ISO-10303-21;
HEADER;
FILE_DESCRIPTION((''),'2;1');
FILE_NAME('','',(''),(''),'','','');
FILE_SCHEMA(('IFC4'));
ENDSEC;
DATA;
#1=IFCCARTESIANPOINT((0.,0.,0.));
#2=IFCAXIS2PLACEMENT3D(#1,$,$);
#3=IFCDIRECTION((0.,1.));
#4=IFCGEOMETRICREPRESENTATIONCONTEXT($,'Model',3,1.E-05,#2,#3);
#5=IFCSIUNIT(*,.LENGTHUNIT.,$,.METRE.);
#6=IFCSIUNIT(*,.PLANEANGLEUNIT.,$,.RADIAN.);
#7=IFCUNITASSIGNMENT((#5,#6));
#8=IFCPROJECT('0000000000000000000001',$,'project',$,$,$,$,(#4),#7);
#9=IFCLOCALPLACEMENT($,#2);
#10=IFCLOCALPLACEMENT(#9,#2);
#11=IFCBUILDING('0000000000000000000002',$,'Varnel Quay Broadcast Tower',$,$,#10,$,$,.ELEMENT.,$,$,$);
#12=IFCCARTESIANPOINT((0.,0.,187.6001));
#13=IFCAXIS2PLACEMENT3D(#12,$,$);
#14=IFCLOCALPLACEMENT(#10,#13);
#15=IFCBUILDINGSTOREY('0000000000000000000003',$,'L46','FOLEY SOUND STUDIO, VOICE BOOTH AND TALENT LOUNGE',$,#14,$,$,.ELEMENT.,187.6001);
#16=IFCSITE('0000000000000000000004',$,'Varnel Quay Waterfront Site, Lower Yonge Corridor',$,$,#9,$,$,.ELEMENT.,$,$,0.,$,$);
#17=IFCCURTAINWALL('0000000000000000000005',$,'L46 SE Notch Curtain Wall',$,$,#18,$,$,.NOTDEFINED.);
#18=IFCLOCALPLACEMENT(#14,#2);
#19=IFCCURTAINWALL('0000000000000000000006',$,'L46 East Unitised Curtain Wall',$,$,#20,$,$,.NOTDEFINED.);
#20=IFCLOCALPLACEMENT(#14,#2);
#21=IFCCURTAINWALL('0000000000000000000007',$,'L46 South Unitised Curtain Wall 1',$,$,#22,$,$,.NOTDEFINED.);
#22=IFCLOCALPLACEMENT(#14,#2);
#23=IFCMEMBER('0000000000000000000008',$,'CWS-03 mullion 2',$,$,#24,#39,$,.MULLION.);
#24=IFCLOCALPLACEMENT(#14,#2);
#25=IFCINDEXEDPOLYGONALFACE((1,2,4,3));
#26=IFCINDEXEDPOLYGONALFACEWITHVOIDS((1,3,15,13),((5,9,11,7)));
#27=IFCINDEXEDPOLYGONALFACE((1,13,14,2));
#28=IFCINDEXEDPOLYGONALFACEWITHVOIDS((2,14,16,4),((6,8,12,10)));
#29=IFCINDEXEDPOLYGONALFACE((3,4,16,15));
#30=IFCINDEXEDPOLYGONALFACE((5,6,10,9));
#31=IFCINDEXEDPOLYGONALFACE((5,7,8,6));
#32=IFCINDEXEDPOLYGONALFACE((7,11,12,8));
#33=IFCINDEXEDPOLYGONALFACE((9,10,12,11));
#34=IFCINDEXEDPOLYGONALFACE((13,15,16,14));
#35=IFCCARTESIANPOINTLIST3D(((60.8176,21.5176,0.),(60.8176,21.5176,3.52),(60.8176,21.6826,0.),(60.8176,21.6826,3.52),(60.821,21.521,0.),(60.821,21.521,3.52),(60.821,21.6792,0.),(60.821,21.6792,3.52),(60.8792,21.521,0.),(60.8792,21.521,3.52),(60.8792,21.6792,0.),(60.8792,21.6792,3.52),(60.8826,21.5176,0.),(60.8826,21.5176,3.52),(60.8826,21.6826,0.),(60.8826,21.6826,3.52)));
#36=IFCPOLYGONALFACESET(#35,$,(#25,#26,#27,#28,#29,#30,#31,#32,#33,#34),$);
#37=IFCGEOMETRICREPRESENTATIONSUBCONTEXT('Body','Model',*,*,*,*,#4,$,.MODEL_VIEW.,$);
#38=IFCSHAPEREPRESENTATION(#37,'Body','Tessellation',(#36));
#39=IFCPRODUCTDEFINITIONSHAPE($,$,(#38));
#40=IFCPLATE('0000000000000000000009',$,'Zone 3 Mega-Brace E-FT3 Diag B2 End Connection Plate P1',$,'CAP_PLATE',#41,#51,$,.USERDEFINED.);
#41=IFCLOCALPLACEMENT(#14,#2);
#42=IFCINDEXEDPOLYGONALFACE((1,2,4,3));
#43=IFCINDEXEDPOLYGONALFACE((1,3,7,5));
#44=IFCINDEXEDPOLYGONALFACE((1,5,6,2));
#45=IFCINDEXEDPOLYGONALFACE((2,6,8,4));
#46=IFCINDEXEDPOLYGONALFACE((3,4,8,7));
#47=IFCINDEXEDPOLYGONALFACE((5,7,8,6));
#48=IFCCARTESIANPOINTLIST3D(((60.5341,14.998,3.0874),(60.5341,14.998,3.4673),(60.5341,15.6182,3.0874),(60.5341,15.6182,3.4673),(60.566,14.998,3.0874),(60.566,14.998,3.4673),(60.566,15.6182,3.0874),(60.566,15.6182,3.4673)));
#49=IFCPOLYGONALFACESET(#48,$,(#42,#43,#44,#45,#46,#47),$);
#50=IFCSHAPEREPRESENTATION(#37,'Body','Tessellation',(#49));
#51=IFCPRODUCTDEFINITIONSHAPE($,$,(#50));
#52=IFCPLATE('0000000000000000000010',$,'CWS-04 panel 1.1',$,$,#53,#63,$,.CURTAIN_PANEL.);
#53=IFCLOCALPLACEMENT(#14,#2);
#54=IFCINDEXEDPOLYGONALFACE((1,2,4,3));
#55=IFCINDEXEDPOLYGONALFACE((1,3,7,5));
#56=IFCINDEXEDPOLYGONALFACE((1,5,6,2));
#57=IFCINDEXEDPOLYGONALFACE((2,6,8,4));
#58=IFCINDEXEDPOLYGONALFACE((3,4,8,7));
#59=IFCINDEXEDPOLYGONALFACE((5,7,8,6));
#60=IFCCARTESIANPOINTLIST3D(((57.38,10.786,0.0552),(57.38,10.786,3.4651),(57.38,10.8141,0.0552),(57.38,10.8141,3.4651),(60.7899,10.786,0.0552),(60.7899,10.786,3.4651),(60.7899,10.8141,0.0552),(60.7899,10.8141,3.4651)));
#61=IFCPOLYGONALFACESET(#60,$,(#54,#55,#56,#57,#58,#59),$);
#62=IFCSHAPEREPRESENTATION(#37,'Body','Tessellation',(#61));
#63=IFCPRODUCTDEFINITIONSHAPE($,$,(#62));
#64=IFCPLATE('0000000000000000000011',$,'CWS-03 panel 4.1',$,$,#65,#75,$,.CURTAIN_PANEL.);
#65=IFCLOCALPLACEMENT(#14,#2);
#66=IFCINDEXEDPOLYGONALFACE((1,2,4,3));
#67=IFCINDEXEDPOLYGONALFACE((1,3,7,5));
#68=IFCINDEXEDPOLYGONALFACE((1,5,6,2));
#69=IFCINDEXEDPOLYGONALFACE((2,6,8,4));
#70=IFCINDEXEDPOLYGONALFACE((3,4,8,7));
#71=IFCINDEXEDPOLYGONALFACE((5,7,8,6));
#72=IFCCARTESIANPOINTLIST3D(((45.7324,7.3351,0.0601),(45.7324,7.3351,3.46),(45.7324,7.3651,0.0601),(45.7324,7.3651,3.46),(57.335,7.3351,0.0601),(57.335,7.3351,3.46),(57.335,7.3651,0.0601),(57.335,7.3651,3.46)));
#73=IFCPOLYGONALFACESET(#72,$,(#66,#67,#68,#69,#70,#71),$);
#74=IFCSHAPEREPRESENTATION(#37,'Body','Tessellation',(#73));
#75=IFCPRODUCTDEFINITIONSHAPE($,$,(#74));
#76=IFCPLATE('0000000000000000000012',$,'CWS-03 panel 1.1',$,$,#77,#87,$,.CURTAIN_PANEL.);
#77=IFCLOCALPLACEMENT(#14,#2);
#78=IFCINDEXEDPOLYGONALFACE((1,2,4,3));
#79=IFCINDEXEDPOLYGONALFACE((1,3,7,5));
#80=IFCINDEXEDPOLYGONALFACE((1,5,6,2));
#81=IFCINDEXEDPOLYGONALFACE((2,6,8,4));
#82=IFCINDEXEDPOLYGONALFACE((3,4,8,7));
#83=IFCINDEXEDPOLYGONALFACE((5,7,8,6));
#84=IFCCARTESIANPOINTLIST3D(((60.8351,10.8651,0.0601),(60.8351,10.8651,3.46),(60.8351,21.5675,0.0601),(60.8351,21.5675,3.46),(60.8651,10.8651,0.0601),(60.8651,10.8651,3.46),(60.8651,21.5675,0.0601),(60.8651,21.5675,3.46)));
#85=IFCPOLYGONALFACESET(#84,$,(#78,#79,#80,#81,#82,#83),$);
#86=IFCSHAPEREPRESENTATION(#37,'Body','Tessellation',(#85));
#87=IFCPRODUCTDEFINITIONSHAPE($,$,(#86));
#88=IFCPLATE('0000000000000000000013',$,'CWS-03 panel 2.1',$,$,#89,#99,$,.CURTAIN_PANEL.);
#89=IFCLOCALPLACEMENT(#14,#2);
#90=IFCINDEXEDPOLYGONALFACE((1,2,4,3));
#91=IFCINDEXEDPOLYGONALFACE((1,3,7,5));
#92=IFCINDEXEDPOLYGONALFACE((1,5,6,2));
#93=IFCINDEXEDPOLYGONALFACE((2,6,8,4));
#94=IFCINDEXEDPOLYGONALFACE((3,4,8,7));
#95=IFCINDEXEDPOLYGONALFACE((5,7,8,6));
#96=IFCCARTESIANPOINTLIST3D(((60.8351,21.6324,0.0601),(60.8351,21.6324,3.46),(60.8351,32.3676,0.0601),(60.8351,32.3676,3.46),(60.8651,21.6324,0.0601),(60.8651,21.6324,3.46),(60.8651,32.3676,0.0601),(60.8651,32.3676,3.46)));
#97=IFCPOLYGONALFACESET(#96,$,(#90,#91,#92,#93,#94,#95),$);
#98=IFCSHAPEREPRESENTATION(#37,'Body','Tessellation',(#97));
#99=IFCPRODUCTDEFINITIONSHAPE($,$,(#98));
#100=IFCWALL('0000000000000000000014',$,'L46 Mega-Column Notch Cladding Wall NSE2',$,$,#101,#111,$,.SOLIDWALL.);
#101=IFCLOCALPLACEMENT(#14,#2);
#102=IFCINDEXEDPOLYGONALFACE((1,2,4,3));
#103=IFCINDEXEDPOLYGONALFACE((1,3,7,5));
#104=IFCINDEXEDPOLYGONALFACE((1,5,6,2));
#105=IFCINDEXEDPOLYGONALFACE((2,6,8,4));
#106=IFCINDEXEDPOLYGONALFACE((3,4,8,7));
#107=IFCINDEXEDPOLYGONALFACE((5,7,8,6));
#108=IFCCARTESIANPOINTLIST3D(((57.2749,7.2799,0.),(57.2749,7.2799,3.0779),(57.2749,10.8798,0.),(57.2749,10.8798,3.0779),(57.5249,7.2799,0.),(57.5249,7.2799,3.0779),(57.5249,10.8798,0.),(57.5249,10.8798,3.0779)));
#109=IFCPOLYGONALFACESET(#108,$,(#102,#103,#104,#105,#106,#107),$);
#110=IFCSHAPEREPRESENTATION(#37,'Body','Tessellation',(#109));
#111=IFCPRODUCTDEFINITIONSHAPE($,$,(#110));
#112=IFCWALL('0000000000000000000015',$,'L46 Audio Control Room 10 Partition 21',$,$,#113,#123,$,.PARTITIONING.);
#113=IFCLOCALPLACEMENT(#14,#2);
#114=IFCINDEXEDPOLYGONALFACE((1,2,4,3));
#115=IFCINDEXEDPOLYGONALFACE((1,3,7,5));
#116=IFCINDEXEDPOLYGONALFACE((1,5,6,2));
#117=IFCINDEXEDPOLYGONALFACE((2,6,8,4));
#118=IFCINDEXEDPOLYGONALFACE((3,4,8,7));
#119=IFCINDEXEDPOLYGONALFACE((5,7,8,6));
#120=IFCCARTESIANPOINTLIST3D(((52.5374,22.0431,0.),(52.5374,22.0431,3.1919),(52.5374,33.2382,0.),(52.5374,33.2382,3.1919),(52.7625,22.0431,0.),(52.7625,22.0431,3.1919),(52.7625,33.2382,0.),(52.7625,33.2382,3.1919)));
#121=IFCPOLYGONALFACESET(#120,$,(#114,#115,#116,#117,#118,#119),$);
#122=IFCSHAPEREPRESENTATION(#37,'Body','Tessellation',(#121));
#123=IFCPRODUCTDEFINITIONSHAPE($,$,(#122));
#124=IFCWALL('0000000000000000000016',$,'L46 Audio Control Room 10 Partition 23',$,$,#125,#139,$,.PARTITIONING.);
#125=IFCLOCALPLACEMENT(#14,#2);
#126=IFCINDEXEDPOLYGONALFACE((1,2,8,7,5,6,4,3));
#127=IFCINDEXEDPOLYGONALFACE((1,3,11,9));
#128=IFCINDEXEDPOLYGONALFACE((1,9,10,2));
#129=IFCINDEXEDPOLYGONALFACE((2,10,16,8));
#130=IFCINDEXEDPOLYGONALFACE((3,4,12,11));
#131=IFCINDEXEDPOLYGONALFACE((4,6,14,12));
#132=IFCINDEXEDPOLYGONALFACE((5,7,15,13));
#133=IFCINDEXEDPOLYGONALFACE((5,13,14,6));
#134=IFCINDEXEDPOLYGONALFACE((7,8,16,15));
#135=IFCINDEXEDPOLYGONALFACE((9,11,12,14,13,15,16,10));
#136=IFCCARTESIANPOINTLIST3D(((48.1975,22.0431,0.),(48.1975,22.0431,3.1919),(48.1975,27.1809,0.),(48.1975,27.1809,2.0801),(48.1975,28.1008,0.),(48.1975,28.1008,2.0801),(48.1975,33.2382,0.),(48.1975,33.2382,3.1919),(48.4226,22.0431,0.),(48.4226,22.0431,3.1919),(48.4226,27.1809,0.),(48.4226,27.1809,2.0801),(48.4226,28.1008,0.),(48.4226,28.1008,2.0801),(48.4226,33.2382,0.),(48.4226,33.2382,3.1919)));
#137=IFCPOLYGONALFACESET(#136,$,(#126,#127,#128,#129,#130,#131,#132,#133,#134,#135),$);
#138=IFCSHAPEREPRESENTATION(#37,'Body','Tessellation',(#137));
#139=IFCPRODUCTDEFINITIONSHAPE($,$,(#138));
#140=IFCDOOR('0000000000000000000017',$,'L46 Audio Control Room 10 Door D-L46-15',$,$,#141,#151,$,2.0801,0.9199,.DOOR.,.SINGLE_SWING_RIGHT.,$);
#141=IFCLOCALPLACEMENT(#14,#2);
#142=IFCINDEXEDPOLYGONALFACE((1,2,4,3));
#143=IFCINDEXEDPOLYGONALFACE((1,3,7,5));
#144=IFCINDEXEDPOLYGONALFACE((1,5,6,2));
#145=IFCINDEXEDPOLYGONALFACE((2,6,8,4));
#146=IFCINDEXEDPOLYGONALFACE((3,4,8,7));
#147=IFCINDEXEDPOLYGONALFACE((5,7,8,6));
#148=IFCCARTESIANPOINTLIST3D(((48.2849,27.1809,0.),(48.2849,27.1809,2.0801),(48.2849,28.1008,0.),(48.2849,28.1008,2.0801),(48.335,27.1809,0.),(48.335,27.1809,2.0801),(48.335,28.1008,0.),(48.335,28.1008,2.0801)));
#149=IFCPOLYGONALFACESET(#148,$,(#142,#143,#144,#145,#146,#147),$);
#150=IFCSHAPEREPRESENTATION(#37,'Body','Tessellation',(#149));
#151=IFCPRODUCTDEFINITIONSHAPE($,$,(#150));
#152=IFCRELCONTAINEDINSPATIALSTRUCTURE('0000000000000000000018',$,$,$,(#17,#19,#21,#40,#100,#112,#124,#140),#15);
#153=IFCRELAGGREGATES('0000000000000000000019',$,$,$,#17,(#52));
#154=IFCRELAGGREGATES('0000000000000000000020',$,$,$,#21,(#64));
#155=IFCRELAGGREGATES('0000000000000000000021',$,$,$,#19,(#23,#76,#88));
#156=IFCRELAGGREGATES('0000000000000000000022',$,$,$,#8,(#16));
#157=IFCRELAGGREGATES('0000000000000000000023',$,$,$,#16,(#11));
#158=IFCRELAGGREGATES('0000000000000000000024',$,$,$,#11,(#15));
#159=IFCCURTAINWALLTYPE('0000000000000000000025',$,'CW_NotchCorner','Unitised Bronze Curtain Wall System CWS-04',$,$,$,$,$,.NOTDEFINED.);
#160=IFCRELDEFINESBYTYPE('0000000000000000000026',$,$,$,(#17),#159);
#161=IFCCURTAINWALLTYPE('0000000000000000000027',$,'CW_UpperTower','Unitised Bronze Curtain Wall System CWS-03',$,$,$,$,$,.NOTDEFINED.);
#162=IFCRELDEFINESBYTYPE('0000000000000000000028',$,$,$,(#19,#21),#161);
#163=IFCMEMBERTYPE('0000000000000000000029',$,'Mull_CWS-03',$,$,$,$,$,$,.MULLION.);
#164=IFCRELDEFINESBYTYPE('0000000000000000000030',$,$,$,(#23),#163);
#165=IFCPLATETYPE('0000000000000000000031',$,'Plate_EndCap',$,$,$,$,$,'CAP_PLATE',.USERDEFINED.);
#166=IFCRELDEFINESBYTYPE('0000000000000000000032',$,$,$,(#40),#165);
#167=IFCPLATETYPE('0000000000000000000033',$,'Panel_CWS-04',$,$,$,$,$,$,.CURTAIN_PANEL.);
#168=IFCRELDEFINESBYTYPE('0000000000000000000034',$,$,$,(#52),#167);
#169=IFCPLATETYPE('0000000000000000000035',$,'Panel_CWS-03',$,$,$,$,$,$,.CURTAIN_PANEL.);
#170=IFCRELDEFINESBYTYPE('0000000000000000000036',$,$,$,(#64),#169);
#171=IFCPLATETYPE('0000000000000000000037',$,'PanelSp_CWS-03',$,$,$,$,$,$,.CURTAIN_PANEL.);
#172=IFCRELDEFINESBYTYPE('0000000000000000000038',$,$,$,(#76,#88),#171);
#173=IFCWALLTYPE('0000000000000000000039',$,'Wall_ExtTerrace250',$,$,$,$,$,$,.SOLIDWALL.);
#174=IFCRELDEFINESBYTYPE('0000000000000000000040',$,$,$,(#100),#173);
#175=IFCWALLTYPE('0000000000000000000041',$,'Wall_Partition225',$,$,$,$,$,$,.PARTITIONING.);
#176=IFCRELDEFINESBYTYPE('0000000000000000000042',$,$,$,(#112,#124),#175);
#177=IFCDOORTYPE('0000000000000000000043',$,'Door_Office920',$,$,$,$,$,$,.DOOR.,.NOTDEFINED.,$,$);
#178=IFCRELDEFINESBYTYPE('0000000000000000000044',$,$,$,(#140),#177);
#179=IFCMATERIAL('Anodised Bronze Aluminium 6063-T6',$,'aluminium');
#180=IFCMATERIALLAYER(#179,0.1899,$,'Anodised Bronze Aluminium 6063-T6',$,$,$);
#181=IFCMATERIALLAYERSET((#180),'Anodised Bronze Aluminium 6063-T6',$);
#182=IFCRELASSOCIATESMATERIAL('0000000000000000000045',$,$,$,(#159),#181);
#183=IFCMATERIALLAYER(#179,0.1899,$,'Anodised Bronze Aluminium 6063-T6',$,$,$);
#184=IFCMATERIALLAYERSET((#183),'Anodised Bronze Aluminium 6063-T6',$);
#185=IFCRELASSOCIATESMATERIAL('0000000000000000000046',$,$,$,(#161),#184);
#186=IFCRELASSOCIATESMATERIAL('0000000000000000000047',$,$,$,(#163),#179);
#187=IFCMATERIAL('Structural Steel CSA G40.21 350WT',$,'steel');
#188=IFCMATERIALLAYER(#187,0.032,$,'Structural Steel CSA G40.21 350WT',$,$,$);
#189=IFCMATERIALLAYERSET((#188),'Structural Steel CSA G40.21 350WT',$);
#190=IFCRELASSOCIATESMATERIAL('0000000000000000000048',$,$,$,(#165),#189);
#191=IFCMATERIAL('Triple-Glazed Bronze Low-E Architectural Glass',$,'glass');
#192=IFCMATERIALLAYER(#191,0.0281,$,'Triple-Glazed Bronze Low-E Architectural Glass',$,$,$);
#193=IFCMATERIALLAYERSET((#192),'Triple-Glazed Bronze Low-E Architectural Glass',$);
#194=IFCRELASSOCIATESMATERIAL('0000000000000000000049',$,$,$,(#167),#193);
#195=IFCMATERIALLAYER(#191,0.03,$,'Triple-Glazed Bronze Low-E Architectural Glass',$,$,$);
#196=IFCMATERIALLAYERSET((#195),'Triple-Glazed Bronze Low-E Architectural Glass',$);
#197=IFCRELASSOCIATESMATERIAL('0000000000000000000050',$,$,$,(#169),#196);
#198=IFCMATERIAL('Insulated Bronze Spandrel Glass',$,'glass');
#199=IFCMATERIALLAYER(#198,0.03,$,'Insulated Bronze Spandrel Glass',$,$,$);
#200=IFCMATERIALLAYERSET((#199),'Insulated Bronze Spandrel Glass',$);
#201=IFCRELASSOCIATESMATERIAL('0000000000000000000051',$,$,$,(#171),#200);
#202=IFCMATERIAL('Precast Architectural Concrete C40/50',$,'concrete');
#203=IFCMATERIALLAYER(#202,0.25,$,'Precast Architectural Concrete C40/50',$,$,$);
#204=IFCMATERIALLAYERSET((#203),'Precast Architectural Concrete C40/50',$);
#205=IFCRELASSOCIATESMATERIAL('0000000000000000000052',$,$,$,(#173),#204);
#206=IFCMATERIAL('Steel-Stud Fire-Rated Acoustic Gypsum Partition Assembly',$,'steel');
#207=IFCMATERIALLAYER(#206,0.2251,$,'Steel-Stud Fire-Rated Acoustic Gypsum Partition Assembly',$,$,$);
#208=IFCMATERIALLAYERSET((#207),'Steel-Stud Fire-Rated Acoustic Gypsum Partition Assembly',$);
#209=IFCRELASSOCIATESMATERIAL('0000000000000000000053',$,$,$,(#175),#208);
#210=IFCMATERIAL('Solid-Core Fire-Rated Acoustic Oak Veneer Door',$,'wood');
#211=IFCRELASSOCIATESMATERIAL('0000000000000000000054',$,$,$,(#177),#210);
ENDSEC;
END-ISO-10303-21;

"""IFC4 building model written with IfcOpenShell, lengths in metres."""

from ifc_helpers import new_model, si_unit, direction, frame, frame_2d, origin, origin_2d, place, context, subcontext, project, spatial, rectangle, hollow_rectangle, extrude, source, transform, mapped, material, layer, layer_set, material_profile, profile_set, type_object, type_shapes, element, fill, aggregate, save


model = new_model("IFC4")

# Units and contexts
model_context = context("Model", 3, precision=1e-05, world=origin(), true_north=direction((0.0, 1.0)))
body_context = subcontext(model_context, "Body", "Model", "MODEL_VIEW")
ifc_project = project(units=[si_unit("LENGTHUNIT", "METRE"), si_unit("PLANEANGLEUNIT", "RADIAN")], contexts=[model_context])

# Site, building, storey
site_placement = place(None, origin())
site = spatial("IfcSite", under=ifc_project, at=site_placement, Name="Varnel Quay Waterfront Site, Lower Yonge Corridor", CompositionType="ELEMENT", RefElevation=0.0)
building_placement = place(site_placement, origin())
building = spatial("IfcBuilding", under=site, at=building_placement, Name="Varnel Quay Broadcast Tower", CompositionType="ELEMENT")
storey_placement = place(building_placement, frame((0.0, 0.0, 187.6001)))
storey = spatial("IfcBuildingStorey", under=building, at=storey_placement, Name="L46", Description="FOLEY SOUND STUDIO, VOICE BOOTH AND TALENT LOUNGE", CompositionType="ELEMENT", Elevation=187.6001)

# Shared definitions
ifc_material_1 = material(Name="Structural Steel CSA G40.21 350WT", Category="steel")

# Curtain walls
ifc_material_2 = material(Name="Anodised Bronze Aluminium 6063-T6", Category="aluminium")
ifc_layer_1 = layer(ifc_material_2, 0.1899, Name="Anodised Bronze Aluminium 6063-T6")
ifc_layer_set_1 = layer_set([ifc_layer_1], Name="Anodised Bronze Aluminium 6063-T6")
curtain_wall_type_1 = type_object("IfcCurtainWallType", Name="CW_NotchCorner", Description="Unitised Bronze Curtain Wall System CWS-04", PredefinedType="NOTDEFINED", material=ifc_layer_set_1)
curtain_wall_1_placement = place(storey_placement, origin())
curtain_wall_1 = element("IfcCurtainWall", 1, at=curtain_wall_1_placement, inside=storey, type_object=curtain_wall_type_1, Name="L46 SE Notch Curtain Wall", PredefinedType="NOTDEFINED")
ifc_layer_2 = layer(ifc_material_2, 0.1899, Name="Anodised Bronze Aluminium 6063-T6")
ifc_layer_set_2 = layer_set([ifc_layer_2], Name="Anodised Bronze Aluminium 6063-T6")
curtain_wall_type_2 = type_object("IfcCurtainWallType", Name="CW_UpperTower", Description="Unitised Bronze Curtain Wall System CWS-03", PredefinedType="NOTDEFINED", material=ifc_layer_set_2)
curtain_wall_2_placement = place(storey_placement, origin())
curtain_wall_2 = element("IfcCurtainWall", 2, at=curtain_wall_2_placement, inside=storey, type_object=curtain_wall_type_2, Name="L46 East Unitised Curtain Wall", PredefinedType="NOTDEFINED")

# Curtain wall
curtain_wall_3_placement = place(storey_placement, origin())
curtain_wall_3 = element("IfcCurtainWall", 3, at=curtain_wall_3_placement, inside=storey, type_object=curtain_wall_type_2, Name="L46 South Unitised Curtain Wall 1", PredefinedType="NOTDEFINED")
ifc_material_profile_1 = material_profile(ifc_material_2, hollow_rectangle(XDim=0.0649, YDim=0.165, WallThickness=0.0034, at=origin_2d()), Name="ALU65X165X3.5")
ifc_profile_set_1 = profile_set([ifc_material_profile_1], Name="Anodised Bronze Aluminium 6063-T6")
member_type_1 = type_object("IfcMemberType", Name="Mull_CWS-03", PredefinedType="MULLION", material=ifc_profile_set_1)
shared_shape_1 = source(origin(), body_context, "Body", "SweptSolid", [
    extrude(hollow_rectangle(XDim=0.0649, YDim=0.165, WallThickness=0.0034, at=origin_2d()), origin(), (0.0, 0.0, 1.0), 3.52),
])
type_shapes(member_type_1, [shared_shape_1])

# Member
member_1_placement = place(storey_placement, frame((60.8501, 21.6001, 0.0), z_axis=(0.0, 0.0, 1.0), x_axis=(-1.0, 0.0, 0.0)))
member_1 = element("IfcMember", 4, at=member_1_placement, type_object=member_type_1, Name="CWS-03 mullion 2", PredefinedType="MULLION", context=body_context, shape_type="MappedRepresentation", body=[
    mapped(shared_shape_1, transform((0.0, 0.0, 0.0), x_axis=(1.0, 0.0, 0.0), y_axis=(0.0, 1.0, 0.0), z_axis=(0.0, 0.0, 1.0), scale=1.0)),
])

# Plates
ifc_layer_3 = layer(ifc_material_1, 0.032, Name="Structural Steel CSA G40.21 350WT")
ifc_layer_set_3 = layer_set([ifc_layer_3], Name="Structural Steel CSA G40.21 350WT")
plate_type_1 = type_object("IfcPlateType", Name="Plate_EndCap", ElementType="CAP_PLATE", PredefinedType="USERDEFINED", material=ifc_layer_set_3)
shared_shape_2 = source(origin(), body_context, "Body", "SweptSolid", [
    extrude(rectangle(XDim=0.6201, YDim=0.032, at=origin_2d()), origin(), (0.0, 0.0, 1.0), 0.3799),
])
type_shapes(plate_type_1, [shared_shape_2])
plate_1_placement = place(storey_placement, frame((60.55, 15.3081, 3.0874), z_axis=(0.0, 0.0, 1.0), x_axis=(0.0, 1.0, 0.0)))
element("IfcPlate", 5, at=plate_1_placement, inside=storey, type_object=plate_type_1, Name="Zone 3 Mega-Brace E-FT3 Diag B2 End Connection Plate P1", ObjectType="CAP_PLATE", PredefinedType="USERDEFINED", context=body_context, shape_type="MappedRepresentation", body=[
    mapped(shared_shape_2, transform((0.0, 0.0, 0.0), x_axis=(1.0, 0.0, 0.0), y_axis=(0.0, 1.0, 0.0), z_axis=(0.0, 0.0, 1.0), scale=1.0)),
])
ifc_material_3 = material(Name="Triple-Glazed Bronze Low-E Architectural Glass", Category="glass")
ifc_layer_4 = layer(ifc_material_3, 0.0281, Name="Triple-Glazed Bronze Low-E Architectural Glass")
ifc_layer_set_4 = layer_set([ifc_layer_4], Name="Triple-Glazed Bronze Low-E Architectural Glass")
plate_type_2 = type_object("IfcPlateType", Name="Panel_CWS-04", PredefinedType="CURTAIN_PANEL", material=ifc_layer_set_4)
shared_shape_3 = source(origin(), body_context, "Body", "SweptSolid", [
    extrude(rectangle(XDim=3.4099, YDim=0.0281, at=origin_2d()), origin(), (0.0, 0.0, 1.0), 3.4099),
])
type_shapes(plate_type_2, [shared_shape_3])
plate_2_placement = place(storey_placement, frame((59.085, 10.8, 0.0552), z_axis=(0.0, 0.0, 1.0), x_axis=(1.0, 0.0, 0.0)))
plate_2 = element("IfcPlate", 6, at=plate_2_placement, type_object=plate_type_2, Name="CWS-04 panel 1.1", PredefinedType="CURTAIN_PANEL", context=body_context, shape_type="MappedRepresentation", body=[
    mapped(shared_shape_3, transform((0.0, 0.0, 0.0), x_axis=(1.0, 0.0, 0.0), y_axis=(0.0, 1.0, 0.0), z_axis=(0.0, 0.0, 1.0), scale=1.0)),
])
aggregate(curtain_wall_1, [plate_2])
ifc_layer_5 = layer(ifc_material_3, 0.03, Name="Triple-Glazed Bronze Low-E Architectural Glass")
ifc_layer_set_5 = layer_set([ifc_layer_5], Name="Triple-Glazed Bronze Low-E Architectural Glass")
plate_type_3 = type_object("IfcPlateType", Name="Panel_CWS-03", PredefinedType="CURTAIN_PANEL", material=ifc_layer_set_5)
shared_shape_4 = source(origin(), body_context, "Body", "SweptSolid", [
    extrude(rectangle(XDim=11.6025, YDim=0.03, at=origin_2d()), origin(), (0.0, 0.0, 1.0), 3.3999),
])
type_shapes(plate_type_3, [shared_shape_4])
plate_3_placement = place(storey_placement, frame((51.5337, 7.3501, 0.0601), z_axis=(0.0, 0.0, 1.0), x_axis=(1.0, 0.0, 0.0)))
plate_3 = element("IfcPlate", 7, at=plate_3_placement, type_object=plate_type_3, Name="CWS-03 panel 4.1", PredefinedType="CURTAIN_PANEL", context=body_context, shape_type="MappedRepresentation", body=[
    mapped(shared_shape_4, transform((0.0, 0.0, 0.0), x_axis=(1.0, 0.0, 0.0), y_axis=(0.0, 1.0, 0.0), z_axis=(0.0, 0.0, 1.0), scale=1.0)),
])
aggregate(curtain_wall_3, [plate_3])
ifc_material_4 = material(Name="Insulated Bronze Spandrel Glass", Category="glass")
ifc_layer_6 = layer(ifc_material_4, 0.03, Name="Insulated Bronze Spandrel Glass")
ifc_layer_set_6 = layer_set([ifc_layer_6], Name="Insulated Bronze Spandrel Glass")
plate_type_4 = type_object("IfcPlateType", Name="PanelSp_CWS-03", PredefinedType="CURTAIN_PANEL", material=ifc_layer_set_6)
shared_shape_5 = source(origin(), body_context, "Body", "SweptSolid", [
    extrude(rectangle(XDim=10.7024, YDim=0.03, at=origin_2d()), origin(), (0.0, 0.0, 1.0), 3.3999),
])
plate_4_placement = place(storey_placement, frame((60.8501, 16.2163, 0.0601), z_axis=(0.0, 0.0, 1.0), x_axis=(0.0, 1.0, 0.0)))
plate_4 = element("IfcPlate", 8, at=plate_4_placement, type_object=plate_type_4, Name="CWS-03 panel 1.1", PredefinedType="CURTAIN_PANEL", context=body_context, shape_type="MappedRepresentation", body=[
    mapped(shared_shape_5, transform((0.0, 0.0, 0.0), x_axis=(1.0, 0.0, 0.0), y_axis=(0.0, 1.0, 0.0), z_axis=(0.0, 0.0, 1.0), scale=1.0)),
])
shared_shape_6 = source(origin(), body_context, "Body", "SweptSolid", [
    extrude(rectangle(XDim=10.7351, YDim=0.03, at=origin_2d()), origin(), (0.0, 0.0, 1.0), 3.3999),
])
type_shapes(plate_type_4, [shared_shape_5, shared_shape_6])
plate_5_placement = place(storey_placement, frame((60.8501, 27.0, 0.0601), z_axis=(0.0, 0.0, 1.0), x_axis=(0.0, 1.0, 0.0)))
plate_5 = element("IfcPlate", 9, at=plate_5_placement, type_object=plate_type_4, Name="CWS-03 panel 2.1", PredefinedType="CURTAIN_PANEL", context=body_context, shape_type="MappedRepresentation", body=[
    mapped(shared_shape_6, transform((0.0, 0.0, 0.0), x_axis=(1.0, 0.0, 0.0), y_axis=(0.0, 1.0, 0.0), z_axis=(0.0, 0.0, 1.0), scale=1.0)),
])
aggregate(curtain_wall_2, [member_1, plate_4, plate_5])

# Walls
ifc_material_5 = material(Name="Precast Architectural Concrete C40/50", Category="concrete")
ifc_layer_7 = layer(ifc_material_5, 0.25, Name="Precast Architectural Concrete C40/50")
ifc_layer_set_7 = layer_set([ifc_layer_7], Name="Precast Architectural Concrete C40/50")
wall_type_1 = type_object("IfcWallType", Name="Wall_ExtTerrace250", PredefinedType="SOLIDWALL", material=ifc_layer_set_7)
wall_1_placement = place(storey_placement, frame((57.3999, 7.28, 0.0), z_axis=(0.0, 0.0, 1.0), x_axis=(0.0, 1.0, 0.0)))
element("IfcWall", 10, at=wall_1_placement, inside=storey, type_object=wall_type_1, Name="L46 Mega-Column Notch Cladding Wall NSE2", PredefinedType="SOLIDWALL", context=body_context, shape_type="SweptSolid", body=[
    extrude(rectangle(XDim=3.5999, YDim=0.25, at=frame_2d((1.7998, 0.0))), origin(), (0.0, 0.0, 1.0), 3.0779),
])
ifc_material_6 = material(Name="Steel-Stud Fire-Rated Acoustic Gypsum Partition Assembly", Category="steel")
ifc_layer_8 = layer(ifc_material_6, 0.2251, Name="Steel-Stud Fire-Rated Acoustic Gypsum Partition Assembly")
ifc_layer_set_8 = layer_set([ifc_layer_8], Name="Steel-Stud Fire-Rated Acoustic Gypsum Partition Assembly")
wall_type_2 = type_object("IfcWallType", Name="Wall_Partition225", PredefinedType="PARTITIONING", material=ifc_layer_set_8)
wall_2_placement = place(storey_placement, frame((52.6499, 22.043, 0.0), z_axis=(0.0, 0.0, 1.0), x_axis=(0.0, 1.0, 0.0)))
element("IfcWall", 11, at=wall_2_placement, inside=storey, type_object=wall_type_2, Name="L46 Audio Control Room 10 Partition 21", PredefinedType="PARTITIONING", context=body_context, shape_type="SweptSolid", body=[
    extrude(rectangle(XDim=11.1951, YDim=0.2251, at=frame_2d((5.5977, 0.0))), origin(), (0.0, 0.0, 1.0), 3.1919),
])

# Wall, opening, door
wall_3_placement = place(storey_placement, frame((48.3101, 22.043, 0.0), z_axis=(0.0, 0.0, 1.0), x_axis=(0.0, 1.0, 0.0)))
wall_3 = element("IfcWall", 12, at=wall_3_placement, inside=storey, type_object=wall_type_2, Name="L46 Audio Control Room 10 Partition 23", PredefinedType="PARTITIONING", context=body_context, shape_type="SweptSolid", body=[
    extrude(rectangle(XDim=11.1951, YDim=0.2251, at=frame_2d((5.5977, 0.0))), origin(), (0.0, 0.0, 1.0), 3.1919),
])
opening_placement = place(wall_3_placement, frame((5.1379, 0.0, 0.0)))
opening = element("IfcOpeningElement", 13, at=opening_placement, cuts=wall_3, PredefinedType="OPENING", context=body_context, shape_type="SweptSolid", body=[
    extrude(rectangle(XDim=0.9199, YDim=2.0801, at=frame_2d((0.46, 1.04))), frame((0.0, 0.1226, 0.0), z_axis=(0.0, -1.0, 0.0), x_axis=(1.0, 0.0, 0.0)), (0.0, 0.0, 1.0), 0.2451),
])
ifc_material_7 = material(Name="Solid-Core Fire-Rated Acoustic Oak Veneer Door", Category="wood")
door_type = type_object("IfcDoorType", Name="Door_Office920", OperationType="NOTDEFINED", PredefinedType="DOOR", material=ifc_material_7)
shared_shape_7 = source(origin(), body_context, "Body", "SweptSolid", [
    extrude(rectangle(XDim=0.9199, YDim=2.0801, at=frame_2d((0.46, 1.04))), frame((0.0, 0.0249, 0.0), z_axis=(0.0, -1.0, 0.0), x_axis=(1.0, 0.0, 0.0)), (0.0, 0.0, 1.0), 0.05),
])
type_shapes(door_type, [shared_shape_7])
door_placement = place(opening_placement, frame((0.9199, 0.0, 0.0), z_axis=(0.0, 0.0, 1.0), x_axis=(-1.0, 0.0, 0.0)))
door = element("IfcDoor", 14, at=door_placement, inside=storey, type_object=door_type, Name="L46 Audio Control Room 10 Door D-L46-15", OperationType="SINGLE_SWING_RIGHT", OverallHeight=2.0801, OverallWidth=0.9199, PredefinedType="DOOR", context=body_context, shape_type="MappedRepresentation", body=[
    mapped(shared_shape_7, transform((0.0, 0.0, 0.0), x_axis=(1.0, 0.0, 0.0), y_axis=(0.0, 1.0, 0.0), z_axis=(0.0, 0.0, 1.0), scale=1.0)),
])
fill(opening, door)

save(model, "model.ifc")
